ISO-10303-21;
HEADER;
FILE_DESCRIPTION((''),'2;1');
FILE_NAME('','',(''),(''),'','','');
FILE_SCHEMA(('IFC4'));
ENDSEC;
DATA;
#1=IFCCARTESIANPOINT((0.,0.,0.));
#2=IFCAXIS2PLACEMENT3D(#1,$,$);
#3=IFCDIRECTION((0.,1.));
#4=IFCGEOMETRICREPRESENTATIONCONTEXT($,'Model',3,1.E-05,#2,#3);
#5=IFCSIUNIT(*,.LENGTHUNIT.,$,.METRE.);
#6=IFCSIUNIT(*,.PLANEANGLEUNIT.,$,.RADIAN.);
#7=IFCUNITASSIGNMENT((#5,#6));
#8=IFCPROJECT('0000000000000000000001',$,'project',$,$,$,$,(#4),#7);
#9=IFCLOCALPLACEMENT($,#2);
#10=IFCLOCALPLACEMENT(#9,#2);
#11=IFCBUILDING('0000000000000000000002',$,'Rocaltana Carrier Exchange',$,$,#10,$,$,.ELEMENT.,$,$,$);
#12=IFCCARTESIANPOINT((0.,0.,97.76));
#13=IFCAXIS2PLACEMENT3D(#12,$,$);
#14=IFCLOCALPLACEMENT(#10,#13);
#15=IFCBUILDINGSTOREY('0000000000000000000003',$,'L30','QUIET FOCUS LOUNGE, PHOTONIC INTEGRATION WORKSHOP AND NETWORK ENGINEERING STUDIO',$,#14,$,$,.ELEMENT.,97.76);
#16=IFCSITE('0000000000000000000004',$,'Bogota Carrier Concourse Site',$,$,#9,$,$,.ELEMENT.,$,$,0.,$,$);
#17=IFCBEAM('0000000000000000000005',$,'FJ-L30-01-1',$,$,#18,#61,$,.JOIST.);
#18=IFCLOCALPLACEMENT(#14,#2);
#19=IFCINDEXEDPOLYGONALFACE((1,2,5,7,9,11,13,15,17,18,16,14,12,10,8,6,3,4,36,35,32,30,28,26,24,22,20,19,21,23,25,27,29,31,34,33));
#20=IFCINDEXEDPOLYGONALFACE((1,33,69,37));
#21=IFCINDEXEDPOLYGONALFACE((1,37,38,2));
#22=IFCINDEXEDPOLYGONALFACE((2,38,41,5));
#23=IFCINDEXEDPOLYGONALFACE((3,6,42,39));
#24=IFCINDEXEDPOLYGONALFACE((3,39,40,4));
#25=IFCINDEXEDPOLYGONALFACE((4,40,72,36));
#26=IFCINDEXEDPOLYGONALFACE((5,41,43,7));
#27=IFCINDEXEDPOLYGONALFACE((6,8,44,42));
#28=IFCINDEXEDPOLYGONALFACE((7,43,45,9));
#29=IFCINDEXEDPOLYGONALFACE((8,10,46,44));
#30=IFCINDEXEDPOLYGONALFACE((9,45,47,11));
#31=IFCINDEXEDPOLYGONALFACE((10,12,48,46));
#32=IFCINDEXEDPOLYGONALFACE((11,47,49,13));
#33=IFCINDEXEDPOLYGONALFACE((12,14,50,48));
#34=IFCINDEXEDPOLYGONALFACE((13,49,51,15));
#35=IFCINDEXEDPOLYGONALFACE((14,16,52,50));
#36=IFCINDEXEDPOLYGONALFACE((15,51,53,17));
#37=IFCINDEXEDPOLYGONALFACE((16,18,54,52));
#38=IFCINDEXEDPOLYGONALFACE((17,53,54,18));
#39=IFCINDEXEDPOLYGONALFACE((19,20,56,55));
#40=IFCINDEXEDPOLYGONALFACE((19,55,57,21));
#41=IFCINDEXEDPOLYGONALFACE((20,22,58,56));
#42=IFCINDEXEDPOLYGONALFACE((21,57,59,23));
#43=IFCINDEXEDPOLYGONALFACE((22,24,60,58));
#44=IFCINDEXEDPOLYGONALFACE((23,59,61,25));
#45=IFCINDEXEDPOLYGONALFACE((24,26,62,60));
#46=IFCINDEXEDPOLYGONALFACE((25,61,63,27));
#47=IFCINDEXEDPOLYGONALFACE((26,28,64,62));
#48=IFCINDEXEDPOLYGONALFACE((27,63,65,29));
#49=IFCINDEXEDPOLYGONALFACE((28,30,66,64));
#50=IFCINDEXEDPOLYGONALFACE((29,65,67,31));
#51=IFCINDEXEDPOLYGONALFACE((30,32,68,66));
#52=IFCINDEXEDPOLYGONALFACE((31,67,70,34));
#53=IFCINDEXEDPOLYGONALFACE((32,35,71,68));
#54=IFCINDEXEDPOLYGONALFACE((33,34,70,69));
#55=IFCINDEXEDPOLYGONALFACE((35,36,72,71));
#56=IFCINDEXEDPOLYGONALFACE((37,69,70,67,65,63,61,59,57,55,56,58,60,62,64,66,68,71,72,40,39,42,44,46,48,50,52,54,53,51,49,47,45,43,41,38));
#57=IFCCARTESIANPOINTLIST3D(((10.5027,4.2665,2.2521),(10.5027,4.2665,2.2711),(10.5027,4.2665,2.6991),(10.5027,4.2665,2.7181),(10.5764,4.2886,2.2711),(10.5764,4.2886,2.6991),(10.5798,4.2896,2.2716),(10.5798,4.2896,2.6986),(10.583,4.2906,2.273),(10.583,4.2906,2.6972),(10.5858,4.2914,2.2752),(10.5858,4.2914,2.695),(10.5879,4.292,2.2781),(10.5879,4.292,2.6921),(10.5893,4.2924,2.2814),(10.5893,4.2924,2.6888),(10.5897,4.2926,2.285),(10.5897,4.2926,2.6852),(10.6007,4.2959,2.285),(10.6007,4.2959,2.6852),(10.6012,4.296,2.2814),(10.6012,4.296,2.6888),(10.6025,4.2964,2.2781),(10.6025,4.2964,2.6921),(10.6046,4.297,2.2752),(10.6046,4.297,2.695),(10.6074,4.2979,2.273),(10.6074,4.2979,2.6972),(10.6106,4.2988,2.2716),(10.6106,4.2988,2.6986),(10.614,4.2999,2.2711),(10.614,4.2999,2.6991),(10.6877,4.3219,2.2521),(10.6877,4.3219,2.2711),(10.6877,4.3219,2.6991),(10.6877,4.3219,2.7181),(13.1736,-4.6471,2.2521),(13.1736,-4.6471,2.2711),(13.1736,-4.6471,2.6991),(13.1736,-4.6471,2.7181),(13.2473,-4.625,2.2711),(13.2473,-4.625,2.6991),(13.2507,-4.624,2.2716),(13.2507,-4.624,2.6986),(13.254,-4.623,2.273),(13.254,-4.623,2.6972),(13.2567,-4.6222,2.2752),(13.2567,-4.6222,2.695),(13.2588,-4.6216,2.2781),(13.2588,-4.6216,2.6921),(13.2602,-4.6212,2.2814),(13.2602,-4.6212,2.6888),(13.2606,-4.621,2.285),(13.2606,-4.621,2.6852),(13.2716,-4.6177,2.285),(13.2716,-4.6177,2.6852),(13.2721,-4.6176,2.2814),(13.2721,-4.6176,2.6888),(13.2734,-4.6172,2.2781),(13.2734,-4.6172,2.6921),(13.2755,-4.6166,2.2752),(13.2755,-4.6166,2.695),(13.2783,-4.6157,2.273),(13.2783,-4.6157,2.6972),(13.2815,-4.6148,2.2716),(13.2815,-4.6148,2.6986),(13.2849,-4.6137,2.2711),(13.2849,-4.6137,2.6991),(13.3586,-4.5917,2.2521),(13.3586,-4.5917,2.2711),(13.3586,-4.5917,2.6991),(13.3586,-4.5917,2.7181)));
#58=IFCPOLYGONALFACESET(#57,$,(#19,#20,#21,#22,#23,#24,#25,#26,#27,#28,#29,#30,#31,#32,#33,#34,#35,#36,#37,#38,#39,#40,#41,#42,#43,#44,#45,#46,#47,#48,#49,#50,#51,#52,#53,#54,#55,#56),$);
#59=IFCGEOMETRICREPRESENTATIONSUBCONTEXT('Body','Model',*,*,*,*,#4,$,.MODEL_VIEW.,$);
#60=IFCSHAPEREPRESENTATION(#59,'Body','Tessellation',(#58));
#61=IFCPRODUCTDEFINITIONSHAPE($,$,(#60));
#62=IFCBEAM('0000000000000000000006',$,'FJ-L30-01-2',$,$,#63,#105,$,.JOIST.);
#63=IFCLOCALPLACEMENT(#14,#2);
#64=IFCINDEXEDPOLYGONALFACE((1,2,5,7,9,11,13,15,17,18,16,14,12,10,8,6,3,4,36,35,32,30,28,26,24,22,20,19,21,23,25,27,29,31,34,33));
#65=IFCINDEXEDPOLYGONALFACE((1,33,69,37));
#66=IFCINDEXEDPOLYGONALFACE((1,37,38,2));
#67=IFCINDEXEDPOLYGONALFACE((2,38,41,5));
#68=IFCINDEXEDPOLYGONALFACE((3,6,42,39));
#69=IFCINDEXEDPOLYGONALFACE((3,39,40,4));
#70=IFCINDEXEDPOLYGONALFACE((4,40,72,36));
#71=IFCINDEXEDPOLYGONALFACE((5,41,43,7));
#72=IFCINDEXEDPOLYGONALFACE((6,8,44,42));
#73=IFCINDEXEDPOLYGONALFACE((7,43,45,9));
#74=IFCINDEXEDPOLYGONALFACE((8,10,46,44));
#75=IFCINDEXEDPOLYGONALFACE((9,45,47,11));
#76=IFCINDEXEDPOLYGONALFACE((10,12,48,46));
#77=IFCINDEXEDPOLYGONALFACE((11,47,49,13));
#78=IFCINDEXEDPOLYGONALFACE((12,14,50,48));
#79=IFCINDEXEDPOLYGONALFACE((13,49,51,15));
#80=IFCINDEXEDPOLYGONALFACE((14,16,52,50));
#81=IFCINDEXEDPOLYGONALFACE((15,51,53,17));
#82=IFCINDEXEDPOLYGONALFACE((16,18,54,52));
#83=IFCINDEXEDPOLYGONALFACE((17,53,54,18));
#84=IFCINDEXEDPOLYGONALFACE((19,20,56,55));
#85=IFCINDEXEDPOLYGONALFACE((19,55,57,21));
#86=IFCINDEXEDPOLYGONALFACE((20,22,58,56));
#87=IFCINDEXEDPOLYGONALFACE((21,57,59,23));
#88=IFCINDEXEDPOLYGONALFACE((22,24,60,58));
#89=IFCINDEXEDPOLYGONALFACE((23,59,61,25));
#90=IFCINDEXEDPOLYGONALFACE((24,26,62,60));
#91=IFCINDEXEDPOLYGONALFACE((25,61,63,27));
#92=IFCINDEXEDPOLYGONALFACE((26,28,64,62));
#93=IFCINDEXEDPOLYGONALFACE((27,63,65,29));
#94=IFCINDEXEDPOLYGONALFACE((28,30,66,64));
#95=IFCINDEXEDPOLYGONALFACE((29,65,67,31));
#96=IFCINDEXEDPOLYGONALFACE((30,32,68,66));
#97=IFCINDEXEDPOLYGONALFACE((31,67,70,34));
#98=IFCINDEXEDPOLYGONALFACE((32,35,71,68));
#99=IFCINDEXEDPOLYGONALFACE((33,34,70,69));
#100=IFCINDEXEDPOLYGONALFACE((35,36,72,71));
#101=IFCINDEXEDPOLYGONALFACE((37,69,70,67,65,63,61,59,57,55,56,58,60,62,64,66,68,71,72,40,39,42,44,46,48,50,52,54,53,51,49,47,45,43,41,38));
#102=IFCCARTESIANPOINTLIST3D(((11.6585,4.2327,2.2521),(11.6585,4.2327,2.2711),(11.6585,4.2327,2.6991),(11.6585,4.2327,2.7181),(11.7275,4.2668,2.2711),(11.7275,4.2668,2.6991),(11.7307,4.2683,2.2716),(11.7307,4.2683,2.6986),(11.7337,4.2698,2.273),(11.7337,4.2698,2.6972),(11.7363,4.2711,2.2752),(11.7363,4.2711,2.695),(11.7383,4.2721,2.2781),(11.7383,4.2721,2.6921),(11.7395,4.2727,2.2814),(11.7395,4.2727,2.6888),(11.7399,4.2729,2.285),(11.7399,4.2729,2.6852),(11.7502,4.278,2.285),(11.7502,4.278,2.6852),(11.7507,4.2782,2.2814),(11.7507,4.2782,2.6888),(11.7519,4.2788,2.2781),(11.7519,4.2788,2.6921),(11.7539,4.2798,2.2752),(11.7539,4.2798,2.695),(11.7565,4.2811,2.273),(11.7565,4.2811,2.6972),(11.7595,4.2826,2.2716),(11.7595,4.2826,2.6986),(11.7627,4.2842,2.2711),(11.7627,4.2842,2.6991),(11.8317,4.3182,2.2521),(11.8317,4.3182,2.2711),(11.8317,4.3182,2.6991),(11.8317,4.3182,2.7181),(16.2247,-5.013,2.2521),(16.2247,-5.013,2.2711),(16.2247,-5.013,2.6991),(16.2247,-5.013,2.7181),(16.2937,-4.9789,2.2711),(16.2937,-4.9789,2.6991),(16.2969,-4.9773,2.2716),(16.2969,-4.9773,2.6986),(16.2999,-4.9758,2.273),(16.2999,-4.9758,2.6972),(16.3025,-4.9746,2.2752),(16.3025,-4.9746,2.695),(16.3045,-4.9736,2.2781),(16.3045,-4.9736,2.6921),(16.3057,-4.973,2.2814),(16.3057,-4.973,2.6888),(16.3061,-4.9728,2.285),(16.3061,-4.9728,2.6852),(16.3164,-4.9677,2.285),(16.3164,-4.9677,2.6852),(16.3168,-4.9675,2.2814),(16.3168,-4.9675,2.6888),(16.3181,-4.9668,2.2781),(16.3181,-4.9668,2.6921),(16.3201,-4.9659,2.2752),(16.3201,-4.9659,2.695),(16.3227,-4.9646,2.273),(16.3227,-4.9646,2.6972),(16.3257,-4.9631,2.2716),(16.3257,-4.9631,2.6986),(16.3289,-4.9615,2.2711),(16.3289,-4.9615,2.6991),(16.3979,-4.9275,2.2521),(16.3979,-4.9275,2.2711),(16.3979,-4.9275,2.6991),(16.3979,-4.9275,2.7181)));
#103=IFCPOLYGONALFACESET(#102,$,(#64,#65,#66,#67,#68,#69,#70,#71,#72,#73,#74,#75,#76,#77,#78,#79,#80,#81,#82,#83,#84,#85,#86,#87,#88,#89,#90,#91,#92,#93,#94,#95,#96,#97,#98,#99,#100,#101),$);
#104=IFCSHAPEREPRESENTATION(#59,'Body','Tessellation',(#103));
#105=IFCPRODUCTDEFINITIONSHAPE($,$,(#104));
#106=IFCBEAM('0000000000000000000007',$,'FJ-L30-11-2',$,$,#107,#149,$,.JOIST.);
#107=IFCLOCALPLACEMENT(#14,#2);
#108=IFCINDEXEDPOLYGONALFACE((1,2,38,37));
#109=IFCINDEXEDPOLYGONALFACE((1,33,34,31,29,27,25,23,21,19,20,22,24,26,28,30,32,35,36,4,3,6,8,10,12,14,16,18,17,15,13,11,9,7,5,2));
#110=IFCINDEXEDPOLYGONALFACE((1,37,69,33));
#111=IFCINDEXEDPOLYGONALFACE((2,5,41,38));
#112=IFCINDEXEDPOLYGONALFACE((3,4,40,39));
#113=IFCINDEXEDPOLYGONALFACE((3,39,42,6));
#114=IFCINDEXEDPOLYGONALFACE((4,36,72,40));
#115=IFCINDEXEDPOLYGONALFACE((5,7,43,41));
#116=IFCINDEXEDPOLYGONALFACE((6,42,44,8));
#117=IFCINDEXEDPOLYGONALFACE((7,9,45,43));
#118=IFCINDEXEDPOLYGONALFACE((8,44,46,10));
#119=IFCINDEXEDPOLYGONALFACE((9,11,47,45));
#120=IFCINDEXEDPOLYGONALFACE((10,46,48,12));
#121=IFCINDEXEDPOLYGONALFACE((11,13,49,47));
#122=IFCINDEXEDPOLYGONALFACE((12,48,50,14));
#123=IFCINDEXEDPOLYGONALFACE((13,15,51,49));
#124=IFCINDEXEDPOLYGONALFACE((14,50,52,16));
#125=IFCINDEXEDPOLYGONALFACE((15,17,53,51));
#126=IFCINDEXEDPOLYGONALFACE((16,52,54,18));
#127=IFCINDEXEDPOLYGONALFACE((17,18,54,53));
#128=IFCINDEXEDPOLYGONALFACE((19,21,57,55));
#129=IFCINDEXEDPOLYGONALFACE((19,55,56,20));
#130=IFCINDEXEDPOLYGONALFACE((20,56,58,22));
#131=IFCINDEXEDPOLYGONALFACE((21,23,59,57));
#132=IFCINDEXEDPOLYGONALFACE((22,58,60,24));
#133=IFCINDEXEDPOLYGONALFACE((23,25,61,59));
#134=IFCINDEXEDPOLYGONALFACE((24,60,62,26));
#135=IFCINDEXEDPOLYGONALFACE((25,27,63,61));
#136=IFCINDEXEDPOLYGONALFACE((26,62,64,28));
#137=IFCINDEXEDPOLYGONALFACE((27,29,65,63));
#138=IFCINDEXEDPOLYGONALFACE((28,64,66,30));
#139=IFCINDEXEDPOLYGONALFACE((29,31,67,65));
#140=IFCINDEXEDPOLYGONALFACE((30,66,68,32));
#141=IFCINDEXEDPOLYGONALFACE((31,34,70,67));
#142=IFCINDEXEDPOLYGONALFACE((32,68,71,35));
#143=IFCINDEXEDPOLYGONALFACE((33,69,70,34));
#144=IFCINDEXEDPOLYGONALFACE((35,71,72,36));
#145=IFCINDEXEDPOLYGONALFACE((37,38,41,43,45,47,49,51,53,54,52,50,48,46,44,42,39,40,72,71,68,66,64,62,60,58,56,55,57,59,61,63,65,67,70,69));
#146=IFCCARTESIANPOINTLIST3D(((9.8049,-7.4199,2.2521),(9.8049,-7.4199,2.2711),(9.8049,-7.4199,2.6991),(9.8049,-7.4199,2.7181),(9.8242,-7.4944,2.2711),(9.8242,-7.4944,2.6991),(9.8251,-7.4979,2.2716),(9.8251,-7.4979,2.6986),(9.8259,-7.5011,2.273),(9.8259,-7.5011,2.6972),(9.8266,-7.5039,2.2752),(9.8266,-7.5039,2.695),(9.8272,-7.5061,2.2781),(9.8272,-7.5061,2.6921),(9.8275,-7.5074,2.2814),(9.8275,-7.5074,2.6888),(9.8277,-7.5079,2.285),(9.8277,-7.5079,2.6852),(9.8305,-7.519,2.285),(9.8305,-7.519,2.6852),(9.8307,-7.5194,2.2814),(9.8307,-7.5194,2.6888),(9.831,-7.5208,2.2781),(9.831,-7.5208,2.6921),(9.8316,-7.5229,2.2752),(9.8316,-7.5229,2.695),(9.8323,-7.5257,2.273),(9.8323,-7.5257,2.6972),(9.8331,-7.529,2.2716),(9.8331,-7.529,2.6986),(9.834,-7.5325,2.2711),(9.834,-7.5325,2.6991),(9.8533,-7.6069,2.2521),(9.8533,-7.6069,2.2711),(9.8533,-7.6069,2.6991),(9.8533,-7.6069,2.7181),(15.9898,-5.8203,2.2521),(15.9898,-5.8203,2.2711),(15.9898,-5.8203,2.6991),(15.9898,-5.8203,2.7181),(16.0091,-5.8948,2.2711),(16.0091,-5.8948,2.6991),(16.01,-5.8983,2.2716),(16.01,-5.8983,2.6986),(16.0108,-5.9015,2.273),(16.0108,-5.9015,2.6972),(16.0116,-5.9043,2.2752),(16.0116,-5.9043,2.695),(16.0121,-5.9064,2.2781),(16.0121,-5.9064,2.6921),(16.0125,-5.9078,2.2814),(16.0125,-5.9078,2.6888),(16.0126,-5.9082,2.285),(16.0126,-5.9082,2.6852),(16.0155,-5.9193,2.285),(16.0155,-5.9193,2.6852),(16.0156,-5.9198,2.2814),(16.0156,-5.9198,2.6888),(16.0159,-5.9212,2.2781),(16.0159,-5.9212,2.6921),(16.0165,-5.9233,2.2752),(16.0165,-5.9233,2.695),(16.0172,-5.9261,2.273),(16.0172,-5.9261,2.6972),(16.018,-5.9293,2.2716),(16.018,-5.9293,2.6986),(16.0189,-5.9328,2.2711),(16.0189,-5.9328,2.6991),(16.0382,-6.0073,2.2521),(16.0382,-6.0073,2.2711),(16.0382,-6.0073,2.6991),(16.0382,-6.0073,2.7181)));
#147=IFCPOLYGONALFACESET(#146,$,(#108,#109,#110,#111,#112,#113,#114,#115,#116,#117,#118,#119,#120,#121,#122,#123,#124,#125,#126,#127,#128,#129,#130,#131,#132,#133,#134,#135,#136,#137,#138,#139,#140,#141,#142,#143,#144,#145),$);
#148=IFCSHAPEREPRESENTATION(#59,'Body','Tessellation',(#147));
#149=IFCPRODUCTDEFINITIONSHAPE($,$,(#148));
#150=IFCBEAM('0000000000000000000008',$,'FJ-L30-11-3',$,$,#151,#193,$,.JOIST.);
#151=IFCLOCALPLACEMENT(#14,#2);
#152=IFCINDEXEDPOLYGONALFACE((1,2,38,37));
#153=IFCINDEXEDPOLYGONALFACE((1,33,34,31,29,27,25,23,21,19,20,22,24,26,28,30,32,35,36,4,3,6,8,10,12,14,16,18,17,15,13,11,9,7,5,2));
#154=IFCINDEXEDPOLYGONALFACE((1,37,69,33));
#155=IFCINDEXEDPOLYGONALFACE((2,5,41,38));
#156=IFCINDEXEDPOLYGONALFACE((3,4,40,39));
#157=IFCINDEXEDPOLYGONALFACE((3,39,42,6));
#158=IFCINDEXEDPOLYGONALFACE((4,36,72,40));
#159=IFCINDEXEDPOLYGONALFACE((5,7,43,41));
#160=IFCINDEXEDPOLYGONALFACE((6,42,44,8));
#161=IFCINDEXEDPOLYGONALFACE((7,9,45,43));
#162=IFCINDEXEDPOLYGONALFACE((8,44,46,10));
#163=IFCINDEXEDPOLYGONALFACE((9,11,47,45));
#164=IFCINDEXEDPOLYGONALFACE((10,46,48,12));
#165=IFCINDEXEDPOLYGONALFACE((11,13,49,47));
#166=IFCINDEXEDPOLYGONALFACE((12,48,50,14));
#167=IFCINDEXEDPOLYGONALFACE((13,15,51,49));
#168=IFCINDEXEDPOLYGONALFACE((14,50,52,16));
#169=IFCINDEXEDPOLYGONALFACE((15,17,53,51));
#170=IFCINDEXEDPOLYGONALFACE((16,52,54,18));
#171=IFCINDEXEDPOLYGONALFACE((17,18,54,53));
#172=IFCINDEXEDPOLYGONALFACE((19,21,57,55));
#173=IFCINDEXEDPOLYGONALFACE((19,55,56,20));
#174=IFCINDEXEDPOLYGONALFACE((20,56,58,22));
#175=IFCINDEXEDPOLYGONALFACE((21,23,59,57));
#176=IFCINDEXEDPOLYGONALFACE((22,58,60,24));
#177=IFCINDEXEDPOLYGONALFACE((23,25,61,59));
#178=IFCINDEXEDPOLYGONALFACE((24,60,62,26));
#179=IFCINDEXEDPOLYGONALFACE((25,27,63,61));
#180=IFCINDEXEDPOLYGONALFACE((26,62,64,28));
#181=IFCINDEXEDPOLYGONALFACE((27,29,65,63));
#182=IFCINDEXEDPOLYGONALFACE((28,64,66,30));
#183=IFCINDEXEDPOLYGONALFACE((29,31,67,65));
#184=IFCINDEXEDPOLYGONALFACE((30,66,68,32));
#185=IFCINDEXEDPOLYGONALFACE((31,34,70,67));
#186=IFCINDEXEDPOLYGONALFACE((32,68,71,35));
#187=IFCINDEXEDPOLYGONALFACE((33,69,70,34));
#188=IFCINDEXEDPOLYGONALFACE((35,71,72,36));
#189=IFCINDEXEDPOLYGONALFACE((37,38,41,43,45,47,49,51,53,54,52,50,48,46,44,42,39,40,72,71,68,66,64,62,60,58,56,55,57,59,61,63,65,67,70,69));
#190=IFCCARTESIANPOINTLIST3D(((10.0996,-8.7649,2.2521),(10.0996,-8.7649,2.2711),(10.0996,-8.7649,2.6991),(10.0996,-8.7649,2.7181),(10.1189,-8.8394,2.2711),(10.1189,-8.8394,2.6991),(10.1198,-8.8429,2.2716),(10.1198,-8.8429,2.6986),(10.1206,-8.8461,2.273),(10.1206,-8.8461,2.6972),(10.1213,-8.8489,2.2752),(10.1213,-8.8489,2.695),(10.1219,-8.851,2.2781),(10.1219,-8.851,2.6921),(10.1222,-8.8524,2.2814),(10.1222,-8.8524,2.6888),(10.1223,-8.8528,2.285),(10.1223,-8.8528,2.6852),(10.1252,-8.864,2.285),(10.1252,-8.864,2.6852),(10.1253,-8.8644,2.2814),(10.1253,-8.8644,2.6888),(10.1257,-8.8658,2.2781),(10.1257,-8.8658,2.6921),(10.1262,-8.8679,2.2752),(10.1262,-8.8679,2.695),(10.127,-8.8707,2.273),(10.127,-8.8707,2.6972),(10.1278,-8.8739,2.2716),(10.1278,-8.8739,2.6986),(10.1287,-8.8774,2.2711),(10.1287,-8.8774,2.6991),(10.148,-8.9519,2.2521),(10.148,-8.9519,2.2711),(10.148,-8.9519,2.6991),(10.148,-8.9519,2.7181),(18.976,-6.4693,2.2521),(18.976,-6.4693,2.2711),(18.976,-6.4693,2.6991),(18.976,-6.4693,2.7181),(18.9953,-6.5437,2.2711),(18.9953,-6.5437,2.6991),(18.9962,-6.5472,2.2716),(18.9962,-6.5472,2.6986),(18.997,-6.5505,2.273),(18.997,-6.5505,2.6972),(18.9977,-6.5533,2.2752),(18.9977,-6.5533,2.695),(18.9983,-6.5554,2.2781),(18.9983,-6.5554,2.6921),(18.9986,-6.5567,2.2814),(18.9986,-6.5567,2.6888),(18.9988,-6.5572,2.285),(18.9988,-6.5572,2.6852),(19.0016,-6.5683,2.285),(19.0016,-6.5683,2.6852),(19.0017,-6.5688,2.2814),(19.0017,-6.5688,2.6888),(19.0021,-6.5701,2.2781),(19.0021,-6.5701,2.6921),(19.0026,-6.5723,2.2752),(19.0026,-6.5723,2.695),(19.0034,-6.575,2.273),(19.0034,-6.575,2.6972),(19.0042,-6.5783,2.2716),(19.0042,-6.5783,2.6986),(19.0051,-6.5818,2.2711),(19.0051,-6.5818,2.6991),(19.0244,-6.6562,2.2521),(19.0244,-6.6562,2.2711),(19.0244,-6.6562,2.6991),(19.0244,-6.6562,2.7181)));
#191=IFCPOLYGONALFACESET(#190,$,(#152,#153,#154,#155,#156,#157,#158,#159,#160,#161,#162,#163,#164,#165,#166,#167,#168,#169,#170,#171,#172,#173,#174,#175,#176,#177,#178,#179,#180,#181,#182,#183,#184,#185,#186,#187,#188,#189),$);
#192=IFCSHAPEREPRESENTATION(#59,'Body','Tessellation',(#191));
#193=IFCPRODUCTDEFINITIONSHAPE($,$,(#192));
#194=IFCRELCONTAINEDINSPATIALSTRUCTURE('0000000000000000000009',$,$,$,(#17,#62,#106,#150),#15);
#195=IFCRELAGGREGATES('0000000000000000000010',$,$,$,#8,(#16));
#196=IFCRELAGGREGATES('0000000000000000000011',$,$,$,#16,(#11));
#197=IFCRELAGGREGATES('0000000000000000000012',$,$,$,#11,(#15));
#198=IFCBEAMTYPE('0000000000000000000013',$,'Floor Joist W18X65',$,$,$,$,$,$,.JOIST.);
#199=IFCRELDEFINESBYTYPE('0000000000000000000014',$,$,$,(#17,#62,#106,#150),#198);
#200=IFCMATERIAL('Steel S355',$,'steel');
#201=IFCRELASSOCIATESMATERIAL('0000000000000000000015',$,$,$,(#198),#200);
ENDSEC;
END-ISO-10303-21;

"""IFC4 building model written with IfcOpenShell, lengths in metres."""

from ifc_helpers import new_model, si_unit, direction, frame, origin, origin_2d, place, context, subcontext, project, spatial, i_section, extrude, material, material_profile, profile_set, type_object, element, save


model = new_model("IFC4")

# Units and contexts
model_context = context("Model", 3, precision=1e-05, world=origin(), true_north=direction((0.0, 1.0)))
body_context = subcontext(model_context, "Body", "Model", "MODEL_VIEW")
ifc_project = project(units=[si_unit("LENGTHUNIT", "METRE"), si_unit("PLANEANGLEUNIT", "RADIAN")], contexts=[model_context])

# Site, building, storey
site_placement = place(None, origin())
site = spatial("IfcSite", under=ifc_project, at=site_placement, Name="Bogota Carrier Concourse Site", CompositionType="ELEMENT", RefElevation=0.0)
building_placement = place(site_placement, origin())
building = spatial("IfcBuilding", under=site, at=building_placement, Name="Rocaltana Carrier Exchange", CompositionType="ELEMENT")
storey_placement = place(building_placement, frame((0.0, 0.0, 97.76)))
storey = spatial("IfcBuildingStorey", under=building, at=storey_placement, Name="L30", Description="QUIET FOCUS LOUNGE, PHOTONIC INTEGRATION WORKSHOP AND NETWORK ENGINEERING STUDIO", CompositionType="ELEMENT", Elevation=97.76)

# Beams
ifc_material_1 = material(Name="Steel S355", Category="steel")
ifc_material_profile_1 = material_profile(ifc_material_1, i_section(OverallWidth=0.1931, OverallDepth=0.4661, WebThickness=0.0115, FlangeThickness=0.019, FilletRadius=0.0139, at=origin_2d()), Name="W18X65")
ifc_profile_set_1 = profile_set([ifc_material_profile_1], Name="Steel S355")
beam_type_1 = type_object("IfcBeamType", Name="Floor Joist W18X65", PredefinedType="JOIST", material=ifc_profile_set_1)
beam_1_placement = place(storey_placement, frame((13.2661, -4.6194, 2.4851), z_axis=(-0.287035, 0.95792, 0.0), x_axis=(-0.95792, -0.287035, 0.0)))
element("IfcBeam", 1, at=beam_1_placement, inside=storey, type_object=beam_type_1, Name="FJ-L30-01-1", PredefinedType="JOIST", context=body_context, shape_type="SweptSolid", body=[
    extrude(i_section(OverallWidth=0.1931, OverallDepth=0.4661, WebThickness=0.0115, FlangeThickness=0.019, FilletRadius=0.0139, at=origin_2d()), origin(), (0.0, 0.0, 1.0), 9.3052),
])
beam_2_placement = place(storey_placement, frame((16.3113, -4.9702, 2.4851), z_axis=(-0.442814, 0.896614, 0.0), x_axis=(-0.896614, -0.442814, 0.0)))
element("IfcBeam", 2, at=beam_2_placement, inside=storey, type_object=beam_type_1, Name="FJ-L30-01-2", PredefinedType="JOIST", context=body_context, shape_type="SweptSolid", body=[
    extrude(i_section(OverallWidth=0.1931, OverallDepth=0.4661, WebThickness=0.0115, FlangeThickness=0.019, FilletRadius=0.0139, at=origin_2d()), origin(), (0.0, 0.0, 1.0), 10.3118),
])
beam_3_placement = place(storey_placement, frame((9.8291, -7.5134, 2.4851), z_axis=(0.968144, 0.250396, 0.0), x_axis=(-0.250396, 0.968144, 0.0)))
element("IfcBeam", 3, at=beam_3_placement, inside=storey, type_object=beam_type_1, Name="FJ-L30-11-2", PredefinedType="JOIST", context=body_context, shape_type="SweptSolid", body=[
    extrude(i_section(OverallWidth=0.1931, OverallDepth=0.4661, WebThickness=0.0115, FlangeThickness=0.019, FilletRadius=0.0139, at=origin_2d()), origin(), (0.0, 0.0, 1.0), 6.3884),
])
beam_4_placement = place(storey_placement, frame((10.1238, -8.8584, 2.4851), z_axis=(0.968146, 0.250385, 0.0), x_axis=(-0.250385, 0.968146, 0.0)))
element("IfcBeam", 4, at=beam_4_placement, inside=storey, type_object=beam_type_1, Name="FJ-L30-11-3", PredefinedType="JOIST", context=body_context, shape_type="SweptSolid", body=[
    extrude(i_section(OverallWidth=0.1931, OverallDepth=0.4661, WebThickness=0.0115, FlangeThickness=0.019, FilletRadius=0.0139, at=origin_2d()), origin(), (0.0, 0.0, 1.0), 9.1685),
])

save(model, "model.ifc")
